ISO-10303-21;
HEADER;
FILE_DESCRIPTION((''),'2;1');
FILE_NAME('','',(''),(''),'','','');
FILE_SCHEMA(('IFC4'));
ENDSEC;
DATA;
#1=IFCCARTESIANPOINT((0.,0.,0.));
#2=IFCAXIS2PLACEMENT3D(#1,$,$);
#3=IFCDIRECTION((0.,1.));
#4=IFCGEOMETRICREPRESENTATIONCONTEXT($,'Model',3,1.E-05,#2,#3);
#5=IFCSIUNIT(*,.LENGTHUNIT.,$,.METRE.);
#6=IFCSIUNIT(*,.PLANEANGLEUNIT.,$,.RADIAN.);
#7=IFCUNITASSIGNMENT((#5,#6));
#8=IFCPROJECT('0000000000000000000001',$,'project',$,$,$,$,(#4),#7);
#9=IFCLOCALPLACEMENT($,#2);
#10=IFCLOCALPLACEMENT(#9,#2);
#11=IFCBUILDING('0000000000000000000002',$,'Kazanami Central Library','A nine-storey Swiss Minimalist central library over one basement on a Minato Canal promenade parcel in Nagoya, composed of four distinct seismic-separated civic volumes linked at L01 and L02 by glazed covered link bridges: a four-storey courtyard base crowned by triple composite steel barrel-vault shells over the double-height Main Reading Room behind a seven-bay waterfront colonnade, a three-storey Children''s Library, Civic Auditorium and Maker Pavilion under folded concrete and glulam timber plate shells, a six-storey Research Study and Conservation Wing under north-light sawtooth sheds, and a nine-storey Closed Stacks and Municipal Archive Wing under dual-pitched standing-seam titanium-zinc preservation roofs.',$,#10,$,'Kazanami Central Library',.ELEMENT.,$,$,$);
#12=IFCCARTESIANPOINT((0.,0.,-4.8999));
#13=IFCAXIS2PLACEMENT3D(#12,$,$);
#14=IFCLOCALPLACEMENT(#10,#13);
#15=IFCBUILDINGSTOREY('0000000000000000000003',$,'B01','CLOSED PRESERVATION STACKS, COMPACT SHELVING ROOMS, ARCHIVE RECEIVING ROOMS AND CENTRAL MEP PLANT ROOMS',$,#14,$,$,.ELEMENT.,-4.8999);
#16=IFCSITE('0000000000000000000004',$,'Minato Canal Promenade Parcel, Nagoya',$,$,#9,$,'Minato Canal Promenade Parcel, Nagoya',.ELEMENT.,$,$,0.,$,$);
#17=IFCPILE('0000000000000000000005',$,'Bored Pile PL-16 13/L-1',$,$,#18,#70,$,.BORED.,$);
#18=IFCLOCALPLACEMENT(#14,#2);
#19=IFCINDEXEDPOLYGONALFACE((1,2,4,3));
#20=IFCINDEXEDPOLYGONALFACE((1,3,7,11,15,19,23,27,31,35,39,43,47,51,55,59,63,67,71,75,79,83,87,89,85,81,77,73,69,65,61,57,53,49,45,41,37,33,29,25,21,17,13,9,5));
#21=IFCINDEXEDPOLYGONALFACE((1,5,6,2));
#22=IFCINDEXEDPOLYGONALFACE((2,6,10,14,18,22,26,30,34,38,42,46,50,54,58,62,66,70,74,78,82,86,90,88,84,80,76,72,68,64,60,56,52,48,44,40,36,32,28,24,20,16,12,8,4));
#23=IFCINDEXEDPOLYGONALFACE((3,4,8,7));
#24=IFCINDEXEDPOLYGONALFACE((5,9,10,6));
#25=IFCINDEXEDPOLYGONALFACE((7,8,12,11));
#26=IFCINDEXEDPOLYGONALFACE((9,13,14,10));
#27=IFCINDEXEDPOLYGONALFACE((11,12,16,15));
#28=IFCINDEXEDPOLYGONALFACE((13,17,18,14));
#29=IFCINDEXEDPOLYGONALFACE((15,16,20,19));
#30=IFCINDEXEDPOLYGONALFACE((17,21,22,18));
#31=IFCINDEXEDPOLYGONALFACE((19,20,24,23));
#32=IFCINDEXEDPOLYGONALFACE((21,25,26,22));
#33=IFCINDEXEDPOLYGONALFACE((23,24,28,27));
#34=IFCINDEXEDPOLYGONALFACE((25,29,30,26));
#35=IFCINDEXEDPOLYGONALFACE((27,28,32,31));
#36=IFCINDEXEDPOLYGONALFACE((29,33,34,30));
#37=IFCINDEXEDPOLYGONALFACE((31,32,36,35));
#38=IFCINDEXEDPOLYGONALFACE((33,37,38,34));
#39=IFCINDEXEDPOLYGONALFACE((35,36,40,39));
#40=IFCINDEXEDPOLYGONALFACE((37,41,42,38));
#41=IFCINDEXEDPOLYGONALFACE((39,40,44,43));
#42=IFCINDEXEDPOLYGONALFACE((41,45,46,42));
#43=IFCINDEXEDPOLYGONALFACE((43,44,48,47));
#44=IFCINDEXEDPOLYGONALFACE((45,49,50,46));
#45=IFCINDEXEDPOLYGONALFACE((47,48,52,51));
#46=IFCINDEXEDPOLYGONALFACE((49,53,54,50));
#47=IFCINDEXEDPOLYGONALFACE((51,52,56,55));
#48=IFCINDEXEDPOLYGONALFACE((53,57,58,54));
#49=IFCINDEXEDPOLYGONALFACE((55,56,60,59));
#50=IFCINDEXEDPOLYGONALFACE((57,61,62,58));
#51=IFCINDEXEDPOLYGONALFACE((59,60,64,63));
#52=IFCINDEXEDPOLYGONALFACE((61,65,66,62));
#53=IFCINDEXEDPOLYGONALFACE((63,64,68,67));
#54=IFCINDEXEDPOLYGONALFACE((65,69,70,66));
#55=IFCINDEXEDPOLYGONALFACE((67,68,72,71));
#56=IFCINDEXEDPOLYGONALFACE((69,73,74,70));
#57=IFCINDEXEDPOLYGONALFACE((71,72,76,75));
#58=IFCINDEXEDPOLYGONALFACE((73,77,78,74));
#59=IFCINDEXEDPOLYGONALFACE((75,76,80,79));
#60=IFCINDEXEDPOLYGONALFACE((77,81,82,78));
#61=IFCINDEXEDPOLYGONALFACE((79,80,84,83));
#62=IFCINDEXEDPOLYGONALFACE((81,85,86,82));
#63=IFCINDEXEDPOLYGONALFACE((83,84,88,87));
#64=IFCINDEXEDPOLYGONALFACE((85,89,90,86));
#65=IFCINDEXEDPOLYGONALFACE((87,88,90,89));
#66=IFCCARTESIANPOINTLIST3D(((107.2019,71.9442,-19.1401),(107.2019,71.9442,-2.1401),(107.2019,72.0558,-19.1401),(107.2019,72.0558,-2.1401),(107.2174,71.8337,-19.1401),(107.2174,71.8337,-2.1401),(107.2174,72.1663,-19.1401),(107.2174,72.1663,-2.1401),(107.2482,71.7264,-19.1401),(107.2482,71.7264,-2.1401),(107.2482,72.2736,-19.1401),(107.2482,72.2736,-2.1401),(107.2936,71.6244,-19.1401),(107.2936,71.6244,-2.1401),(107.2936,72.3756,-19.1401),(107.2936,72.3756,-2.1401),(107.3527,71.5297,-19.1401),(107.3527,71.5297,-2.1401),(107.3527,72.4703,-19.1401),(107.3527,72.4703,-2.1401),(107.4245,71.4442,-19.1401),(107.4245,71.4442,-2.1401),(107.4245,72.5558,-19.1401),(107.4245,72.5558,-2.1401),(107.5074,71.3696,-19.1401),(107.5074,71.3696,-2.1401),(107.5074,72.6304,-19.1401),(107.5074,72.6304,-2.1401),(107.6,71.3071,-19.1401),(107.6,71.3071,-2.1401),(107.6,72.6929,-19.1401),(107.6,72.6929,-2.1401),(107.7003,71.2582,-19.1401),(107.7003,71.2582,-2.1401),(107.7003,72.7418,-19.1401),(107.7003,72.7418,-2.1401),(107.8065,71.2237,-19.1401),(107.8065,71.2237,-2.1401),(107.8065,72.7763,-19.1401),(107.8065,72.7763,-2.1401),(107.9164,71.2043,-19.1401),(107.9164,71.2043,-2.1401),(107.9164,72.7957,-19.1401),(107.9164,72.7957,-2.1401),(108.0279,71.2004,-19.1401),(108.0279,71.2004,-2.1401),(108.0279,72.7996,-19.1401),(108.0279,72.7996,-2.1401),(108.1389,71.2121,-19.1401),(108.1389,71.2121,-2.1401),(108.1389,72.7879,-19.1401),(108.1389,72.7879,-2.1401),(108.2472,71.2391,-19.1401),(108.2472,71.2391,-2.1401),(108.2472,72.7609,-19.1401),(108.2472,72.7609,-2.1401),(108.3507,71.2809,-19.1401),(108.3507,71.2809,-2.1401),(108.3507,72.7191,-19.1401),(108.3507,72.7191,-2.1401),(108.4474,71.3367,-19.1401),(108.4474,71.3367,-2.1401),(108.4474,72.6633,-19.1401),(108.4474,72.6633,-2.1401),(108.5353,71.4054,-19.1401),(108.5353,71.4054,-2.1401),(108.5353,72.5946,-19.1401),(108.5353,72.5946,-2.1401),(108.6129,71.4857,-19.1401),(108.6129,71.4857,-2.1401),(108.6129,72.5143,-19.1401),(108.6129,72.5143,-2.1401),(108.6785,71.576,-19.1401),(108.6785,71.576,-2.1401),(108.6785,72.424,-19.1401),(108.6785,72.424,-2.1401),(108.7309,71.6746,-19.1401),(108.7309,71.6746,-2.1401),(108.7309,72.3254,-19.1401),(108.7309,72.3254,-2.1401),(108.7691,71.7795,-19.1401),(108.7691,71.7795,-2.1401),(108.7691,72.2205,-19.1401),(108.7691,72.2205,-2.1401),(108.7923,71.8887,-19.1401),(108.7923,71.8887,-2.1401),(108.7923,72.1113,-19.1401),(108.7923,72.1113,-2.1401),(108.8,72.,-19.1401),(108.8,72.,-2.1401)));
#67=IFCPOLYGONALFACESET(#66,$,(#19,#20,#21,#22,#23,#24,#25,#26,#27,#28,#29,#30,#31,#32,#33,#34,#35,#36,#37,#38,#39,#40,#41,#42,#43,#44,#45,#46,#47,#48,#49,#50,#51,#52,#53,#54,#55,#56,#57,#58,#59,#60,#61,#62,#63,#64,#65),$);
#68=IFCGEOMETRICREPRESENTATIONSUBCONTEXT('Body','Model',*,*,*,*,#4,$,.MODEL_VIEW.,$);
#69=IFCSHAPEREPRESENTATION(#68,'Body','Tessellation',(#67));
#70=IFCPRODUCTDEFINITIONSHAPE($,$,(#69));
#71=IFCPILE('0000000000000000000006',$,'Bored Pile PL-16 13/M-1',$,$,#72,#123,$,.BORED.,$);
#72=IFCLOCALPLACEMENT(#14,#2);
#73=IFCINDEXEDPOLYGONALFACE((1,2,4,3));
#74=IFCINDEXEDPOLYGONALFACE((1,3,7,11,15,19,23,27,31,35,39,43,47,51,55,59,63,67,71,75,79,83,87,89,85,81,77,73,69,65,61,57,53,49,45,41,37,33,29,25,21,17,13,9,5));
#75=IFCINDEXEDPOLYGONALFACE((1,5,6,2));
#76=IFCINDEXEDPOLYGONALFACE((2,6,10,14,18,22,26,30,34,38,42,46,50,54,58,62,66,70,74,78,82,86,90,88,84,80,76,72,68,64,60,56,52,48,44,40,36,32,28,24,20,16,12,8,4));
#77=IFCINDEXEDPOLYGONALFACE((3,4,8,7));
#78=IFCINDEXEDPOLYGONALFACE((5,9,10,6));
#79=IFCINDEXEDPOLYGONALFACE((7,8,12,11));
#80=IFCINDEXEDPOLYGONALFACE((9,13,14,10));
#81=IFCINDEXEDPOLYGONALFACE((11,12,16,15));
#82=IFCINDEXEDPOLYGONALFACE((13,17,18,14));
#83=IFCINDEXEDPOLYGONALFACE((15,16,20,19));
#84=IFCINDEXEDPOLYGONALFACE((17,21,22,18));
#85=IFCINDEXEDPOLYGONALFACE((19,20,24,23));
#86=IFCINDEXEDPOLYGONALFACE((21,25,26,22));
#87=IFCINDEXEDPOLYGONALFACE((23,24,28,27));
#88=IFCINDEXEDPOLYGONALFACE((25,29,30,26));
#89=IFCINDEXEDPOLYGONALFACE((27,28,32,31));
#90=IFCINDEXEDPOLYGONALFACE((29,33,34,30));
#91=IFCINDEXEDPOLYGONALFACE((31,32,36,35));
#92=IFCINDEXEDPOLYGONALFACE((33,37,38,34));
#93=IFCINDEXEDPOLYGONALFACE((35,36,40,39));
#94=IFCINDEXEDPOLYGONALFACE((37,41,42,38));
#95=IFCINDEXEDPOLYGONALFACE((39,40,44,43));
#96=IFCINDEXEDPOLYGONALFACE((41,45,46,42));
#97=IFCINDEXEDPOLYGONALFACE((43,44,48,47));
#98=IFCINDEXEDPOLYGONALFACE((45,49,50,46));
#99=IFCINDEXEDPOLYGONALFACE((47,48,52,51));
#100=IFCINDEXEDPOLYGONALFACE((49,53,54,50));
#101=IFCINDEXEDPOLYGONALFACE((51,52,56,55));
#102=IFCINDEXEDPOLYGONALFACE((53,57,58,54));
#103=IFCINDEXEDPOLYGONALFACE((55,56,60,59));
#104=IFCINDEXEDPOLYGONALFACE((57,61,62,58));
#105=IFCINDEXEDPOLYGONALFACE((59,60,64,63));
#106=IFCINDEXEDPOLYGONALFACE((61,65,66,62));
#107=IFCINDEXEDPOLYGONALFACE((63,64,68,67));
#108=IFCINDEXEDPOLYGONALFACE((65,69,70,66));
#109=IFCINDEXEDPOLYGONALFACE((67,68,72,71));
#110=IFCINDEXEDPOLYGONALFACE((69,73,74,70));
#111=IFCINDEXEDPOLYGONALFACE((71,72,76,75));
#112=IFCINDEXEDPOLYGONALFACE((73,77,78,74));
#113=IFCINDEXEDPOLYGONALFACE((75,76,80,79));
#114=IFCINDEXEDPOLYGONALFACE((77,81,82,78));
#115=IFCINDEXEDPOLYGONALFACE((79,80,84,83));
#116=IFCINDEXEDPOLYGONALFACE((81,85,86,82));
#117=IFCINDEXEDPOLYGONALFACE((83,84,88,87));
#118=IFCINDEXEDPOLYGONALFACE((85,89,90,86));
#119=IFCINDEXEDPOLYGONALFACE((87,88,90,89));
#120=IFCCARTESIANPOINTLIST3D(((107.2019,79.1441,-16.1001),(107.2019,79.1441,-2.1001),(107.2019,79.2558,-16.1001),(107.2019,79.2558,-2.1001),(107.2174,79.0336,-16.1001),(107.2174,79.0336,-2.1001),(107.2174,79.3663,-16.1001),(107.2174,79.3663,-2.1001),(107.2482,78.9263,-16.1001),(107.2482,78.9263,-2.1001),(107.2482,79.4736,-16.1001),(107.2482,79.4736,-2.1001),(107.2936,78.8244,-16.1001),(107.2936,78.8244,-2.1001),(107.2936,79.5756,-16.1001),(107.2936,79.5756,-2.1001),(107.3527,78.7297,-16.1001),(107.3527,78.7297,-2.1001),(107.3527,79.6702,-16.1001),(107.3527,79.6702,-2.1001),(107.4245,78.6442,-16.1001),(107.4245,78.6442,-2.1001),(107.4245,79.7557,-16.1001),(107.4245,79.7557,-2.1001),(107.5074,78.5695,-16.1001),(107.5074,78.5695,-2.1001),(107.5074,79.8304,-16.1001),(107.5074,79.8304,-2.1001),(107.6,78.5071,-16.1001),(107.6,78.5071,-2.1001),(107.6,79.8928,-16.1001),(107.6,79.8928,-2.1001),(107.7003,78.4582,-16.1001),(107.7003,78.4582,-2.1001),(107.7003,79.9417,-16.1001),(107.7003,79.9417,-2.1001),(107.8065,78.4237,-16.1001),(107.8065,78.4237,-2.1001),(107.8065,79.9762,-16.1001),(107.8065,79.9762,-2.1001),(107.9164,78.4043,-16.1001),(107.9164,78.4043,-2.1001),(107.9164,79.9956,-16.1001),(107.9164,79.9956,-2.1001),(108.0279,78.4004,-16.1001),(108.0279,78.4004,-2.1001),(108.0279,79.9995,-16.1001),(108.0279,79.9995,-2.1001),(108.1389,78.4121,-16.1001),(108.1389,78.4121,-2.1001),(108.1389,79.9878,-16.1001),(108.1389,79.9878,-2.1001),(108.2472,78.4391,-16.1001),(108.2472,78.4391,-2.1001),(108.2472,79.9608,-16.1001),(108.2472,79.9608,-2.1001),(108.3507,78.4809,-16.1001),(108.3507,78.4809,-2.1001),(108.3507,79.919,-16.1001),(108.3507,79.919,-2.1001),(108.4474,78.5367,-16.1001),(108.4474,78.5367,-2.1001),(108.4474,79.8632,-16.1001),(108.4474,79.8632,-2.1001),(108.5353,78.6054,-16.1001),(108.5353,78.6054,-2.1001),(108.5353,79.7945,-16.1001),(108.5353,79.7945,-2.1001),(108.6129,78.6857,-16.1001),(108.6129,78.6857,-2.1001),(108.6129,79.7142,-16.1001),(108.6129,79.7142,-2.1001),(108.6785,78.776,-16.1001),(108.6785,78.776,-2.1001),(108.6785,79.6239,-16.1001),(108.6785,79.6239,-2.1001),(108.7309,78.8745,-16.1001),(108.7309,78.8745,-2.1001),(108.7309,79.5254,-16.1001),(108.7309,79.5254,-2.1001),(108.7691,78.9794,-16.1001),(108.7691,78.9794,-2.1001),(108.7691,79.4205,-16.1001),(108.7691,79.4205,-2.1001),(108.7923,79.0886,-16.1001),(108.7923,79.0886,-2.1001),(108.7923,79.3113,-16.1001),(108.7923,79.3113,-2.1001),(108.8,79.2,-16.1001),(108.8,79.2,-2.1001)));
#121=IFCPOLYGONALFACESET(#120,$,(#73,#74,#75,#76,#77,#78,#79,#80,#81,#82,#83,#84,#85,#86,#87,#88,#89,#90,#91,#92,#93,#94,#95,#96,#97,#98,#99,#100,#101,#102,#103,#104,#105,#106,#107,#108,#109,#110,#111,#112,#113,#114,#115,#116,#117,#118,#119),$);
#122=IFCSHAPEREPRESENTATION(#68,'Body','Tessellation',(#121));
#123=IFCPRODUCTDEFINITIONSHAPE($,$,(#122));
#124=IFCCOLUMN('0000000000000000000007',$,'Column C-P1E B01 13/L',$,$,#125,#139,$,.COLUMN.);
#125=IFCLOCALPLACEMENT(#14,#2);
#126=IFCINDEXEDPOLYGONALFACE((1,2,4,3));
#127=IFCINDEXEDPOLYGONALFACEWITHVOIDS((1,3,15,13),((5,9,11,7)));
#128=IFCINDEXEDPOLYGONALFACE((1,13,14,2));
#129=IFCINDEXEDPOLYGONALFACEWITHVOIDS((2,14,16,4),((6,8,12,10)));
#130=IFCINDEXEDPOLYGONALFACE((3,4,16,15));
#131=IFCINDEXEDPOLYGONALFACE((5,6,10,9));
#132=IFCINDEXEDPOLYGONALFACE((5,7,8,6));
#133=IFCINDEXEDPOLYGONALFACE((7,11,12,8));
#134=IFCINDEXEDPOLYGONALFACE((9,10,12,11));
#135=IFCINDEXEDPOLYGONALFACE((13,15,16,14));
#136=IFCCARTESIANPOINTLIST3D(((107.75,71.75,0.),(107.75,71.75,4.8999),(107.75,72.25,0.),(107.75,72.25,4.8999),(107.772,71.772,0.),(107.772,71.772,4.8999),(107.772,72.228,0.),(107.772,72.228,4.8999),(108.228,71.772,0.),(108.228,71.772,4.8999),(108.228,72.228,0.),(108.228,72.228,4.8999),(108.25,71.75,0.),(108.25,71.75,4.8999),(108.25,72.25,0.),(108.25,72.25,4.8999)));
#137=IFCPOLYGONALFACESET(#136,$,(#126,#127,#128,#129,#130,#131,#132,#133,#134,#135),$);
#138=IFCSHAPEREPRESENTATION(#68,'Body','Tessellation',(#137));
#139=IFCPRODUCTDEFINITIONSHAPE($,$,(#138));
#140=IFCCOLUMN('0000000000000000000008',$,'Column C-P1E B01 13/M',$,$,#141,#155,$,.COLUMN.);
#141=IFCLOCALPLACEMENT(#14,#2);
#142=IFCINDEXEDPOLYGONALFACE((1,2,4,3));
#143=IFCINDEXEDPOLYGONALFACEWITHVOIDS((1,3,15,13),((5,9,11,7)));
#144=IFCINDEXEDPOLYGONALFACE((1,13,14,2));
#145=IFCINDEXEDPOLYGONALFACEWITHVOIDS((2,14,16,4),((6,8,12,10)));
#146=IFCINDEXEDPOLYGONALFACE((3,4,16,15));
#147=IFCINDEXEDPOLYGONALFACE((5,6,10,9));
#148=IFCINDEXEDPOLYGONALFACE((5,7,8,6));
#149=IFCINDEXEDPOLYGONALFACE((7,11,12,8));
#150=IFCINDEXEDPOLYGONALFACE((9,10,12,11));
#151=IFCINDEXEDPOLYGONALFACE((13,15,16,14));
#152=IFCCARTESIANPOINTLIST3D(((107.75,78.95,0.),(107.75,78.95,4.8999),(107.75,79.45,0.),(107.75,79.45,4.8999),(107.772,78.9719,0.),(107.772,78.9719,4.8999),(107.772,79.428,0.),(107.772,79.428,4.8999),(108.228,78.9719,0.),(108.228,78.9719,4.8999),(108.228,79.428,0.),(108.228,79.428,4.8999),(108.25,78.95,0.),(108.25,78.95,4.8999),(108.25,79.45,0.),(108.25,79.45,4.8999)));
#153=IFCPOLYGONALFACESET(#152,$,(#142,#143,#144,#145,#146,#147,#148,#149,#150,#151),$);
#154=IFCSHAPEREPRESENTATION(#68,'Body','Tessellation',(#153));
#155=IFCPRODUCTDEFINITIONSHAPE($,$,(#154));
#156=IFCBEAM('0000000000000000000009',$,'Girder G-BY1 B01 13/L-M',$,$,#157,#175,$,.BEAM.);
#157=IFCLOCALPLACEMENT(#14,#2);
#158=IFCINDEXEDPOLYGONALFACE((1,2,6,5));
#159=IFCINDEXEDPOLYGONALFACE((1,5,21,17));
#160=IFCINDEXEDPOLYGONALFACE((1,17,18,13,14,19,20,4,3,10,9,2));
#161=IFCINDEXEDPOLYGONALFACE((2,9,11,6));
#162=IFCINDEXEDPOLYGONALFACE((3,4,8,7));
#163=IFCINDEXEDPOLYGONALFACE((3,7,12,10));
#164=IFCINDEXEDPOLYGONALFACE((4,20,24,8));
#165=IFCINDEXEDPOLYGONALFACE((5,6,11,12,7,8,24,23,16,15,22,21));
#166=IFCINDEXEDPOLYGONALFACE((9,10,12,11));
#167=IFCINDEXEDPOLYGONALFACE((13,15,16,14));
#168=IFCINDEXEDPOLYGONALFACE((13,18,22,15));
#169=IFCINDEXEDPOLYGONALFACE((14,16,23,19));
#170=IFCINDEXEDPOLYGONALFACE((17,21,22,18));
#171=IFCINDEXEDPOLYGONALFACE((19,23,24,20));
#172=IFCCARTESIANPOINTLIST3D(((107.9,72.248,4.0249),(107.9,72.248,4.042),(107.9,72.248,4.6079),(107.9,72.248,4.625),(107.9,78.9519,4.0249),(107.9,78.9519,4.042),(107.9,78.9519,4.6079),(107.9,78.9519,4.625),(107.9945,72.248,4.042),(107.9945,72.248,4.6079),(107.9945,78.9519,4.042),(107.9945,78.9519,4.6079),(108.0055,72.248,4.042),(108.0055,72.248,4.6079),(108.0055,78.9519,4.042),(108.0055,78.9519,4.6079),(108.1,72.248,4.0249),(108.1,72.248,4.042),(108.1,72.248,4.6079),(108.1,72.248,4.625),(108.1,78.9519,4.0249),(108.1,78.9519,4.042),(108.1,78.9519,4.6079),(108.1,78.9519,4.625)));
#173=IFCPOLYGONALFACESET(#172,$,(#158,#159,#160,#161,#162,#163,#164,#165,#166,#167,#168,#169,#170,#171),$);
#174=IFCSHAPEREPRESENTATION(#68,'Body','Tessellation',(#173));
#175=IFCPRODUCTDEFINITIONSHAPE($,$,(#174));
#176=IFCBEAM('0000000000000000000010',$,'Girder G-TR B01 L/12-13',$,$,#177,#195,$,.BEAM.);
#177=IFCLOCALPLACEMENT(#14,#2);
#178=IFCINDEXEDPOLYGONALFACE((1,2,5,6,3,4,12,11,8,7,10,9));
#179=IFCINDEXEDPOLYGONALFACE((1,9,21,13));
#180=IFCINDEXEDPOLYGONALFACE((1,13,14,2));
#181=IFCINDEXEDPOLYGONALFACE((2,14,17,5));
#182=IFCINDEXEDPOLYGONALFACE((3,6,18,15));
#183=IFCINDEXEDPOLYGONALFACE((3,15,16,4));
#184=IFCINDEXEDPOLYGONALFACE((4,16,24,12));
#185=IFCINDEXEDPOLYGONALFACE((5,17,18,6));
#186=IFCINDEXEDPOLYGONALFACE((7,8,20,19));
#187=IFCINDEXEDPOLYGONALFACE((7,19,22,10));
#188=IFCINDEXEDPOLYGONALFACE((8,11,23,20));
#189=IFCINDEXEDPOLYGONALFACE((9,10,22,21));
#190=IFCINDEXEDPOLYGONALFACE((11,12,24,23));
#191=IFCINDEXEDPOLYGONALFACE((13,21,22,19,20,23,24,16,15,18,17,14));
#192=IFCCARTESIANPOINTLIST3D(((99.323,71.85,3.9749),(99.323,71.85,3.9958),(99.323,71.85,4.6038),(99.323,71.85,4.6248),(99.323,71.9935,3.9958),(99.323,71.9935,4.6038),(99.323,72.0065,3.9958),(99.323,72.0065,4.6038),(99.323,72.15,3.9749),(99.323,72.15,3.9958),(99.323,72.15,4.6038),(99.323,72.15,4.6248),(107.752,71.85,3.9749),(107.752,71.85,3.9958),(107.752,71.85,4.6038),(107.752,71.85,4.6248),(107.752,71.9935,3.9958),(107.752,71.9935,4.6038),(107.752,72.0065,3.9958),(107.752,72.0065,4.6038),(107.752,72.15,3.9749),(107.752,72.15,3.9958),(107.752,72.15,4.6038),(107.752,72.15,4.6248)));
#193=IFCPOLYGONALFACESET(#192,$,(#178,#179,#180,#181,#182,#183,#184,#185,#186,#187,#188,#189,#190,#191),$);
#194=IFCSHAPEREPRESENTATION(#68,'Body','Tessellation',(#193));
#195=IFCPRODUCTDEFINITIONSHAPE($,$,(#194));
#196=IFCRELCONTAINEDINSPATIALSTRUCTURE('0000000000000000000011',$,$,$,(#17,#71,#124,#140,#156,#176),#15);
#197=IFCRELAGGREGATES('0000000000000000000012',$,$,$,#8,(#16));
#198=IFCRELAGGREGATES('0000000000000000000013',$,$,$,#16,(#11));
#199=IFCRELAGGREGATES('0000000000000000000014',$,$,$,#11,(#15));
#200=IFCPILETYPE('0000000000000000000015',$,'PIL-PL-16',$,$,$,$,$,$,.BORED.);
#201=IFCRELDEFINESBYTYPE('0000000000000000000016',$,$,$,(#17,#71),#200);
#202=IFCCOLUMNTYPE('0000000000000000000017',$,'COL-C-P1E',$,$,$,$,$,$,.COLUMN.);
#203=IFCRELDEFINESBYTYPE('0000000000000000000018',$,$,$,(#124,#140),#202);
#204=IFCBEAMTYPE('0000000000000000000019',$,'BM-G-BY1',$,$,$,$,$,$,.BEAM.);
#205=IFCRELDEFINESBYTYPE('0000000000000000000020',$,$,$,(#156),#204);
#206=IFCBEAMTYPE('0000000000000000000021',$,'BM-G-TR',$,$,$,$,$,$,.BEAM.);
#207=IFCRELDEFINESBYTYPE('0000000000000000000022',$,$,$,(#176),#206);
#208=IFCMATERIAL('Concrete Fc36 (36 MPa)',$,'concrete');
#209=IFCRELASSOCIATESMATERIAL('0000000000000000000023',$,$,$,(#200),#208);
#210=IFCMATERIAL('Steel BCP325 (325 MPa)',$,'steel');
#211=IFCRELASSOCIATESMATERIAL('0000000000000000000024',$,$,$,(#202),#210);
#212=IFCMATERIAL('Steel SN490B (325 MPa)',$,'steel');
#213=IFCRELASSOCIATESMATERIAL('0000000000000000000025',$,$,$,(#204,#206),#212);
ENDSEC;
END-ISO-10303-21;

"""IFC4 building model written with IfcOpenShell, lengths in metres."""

from ifc_helpers import new_model, si_unit, direction, frame, origin, origin_2d, place, context, subcontext, project, spatial, hollow_rectangle, circle, i_section, extrude, material, material_profile, profile_set, type_object, element, save


model = new_model("IFC4")

# Units and contexts
model_context = context("Model", 3, precision=1e-05, world=origin(), true_north=direction((0.0, 1.0)))
body_context = subcontext(model_context, "Body", "Model", "MODEL_VIEW")
ifc_project = project(units=[si_unit("LENGTHUNIT", "METRE"), si_unit("PLANEANGLEUNIT", "RADIAN")], contexts=[model_context])

# Site, building, storey
site_placement = place(None, origin())
site = spatial("IfcSite", under=ifc_project, at=site_placement, Name="Minato Canal Promenade Parcel, Nagoya", LongName="Minato Canal Promenade Parcel, Nagoya", CompositionType="ELEMENT", RefElevation=0.0)
building_placement = place(site_placement, origin())
building = spatial("IfcBuilding", under=site, at=building_placement, Name="Kazanami Central Library", Description="A nine-storey Swiss Minimalist central library over one basement on a Minato Canal promenade parcel in Nagoya, composed of four distinct seismic-separated civic volumes linked at L01 and L02 by glazed covered link bridges: a four-storey courtyard base crowned by triple composite steel barrel-vault shells over the double-height Main Reading Room behind a seven-bay waterfront colonnade, a three-storey Children's Library, Civic Auditorium and Maker Pavilion under folded concrete and glulam timber plate shells, a six-storey Research Study and Conservation Wing under north-light sawtooth sheds, and a nine-storey Closed Stacks and Municipal Archive Wing under dual-pitched standing-seam titanium-zinc preservation roofs.", LongName="Kazanami Central Library", CompositionType="ELEMENT")
storey_placement = place(building_placement, frame((0.0, 0.0, -4.8999)))
storey = spatial("IfcBuildingStorey", under=building, at=storey_placement, Name="B01", Description="CLOSED PRESERVATION STACKS, COMPACT SHELVING ROOMS, ARCHIVE RECEIVING ROOMS AND CENTRAL MEP PLANT ROOMS", CompositionType="ELEMENT", Elevation=-4.8999)

# Shared definitions
ifc_material_1 = material(Name="Concrete Fc36 (36 MPa)", Category="concrete")

# Piles
ifc_material_profile_1 = material_profile(ifc_material_1, circle(Radius=0.8, at=origin_2d()), Name="BORED-D1600")
ifc_profile_set_1 = profile_set([ifc_material_profile_1], Name="Concrete Fc36 (36 MPa)")
pile_type_1 = type_object("IfcPileType", Name="PIL-PL-16", PredefinedType="BORED", material=ifc_profile_set_1)
pile_1_placement = place(storey_placement, frame((108.0, 72.0, -2.1401), z_axis=(0.0, 0.0, -1.0), x_axis=(1.0, 0.0, 0.0)))
element("IfcPile", 1, at=pile_1_placement, inside=storey, type_object=pile_type_1, Name="Bored Pile PL-16 13/L-1", PredefinedType="BORED", context=body_context, shape_type="SweptSolid", body=[
    extrude(circle(Radius=0.8, at=origin_2d()), origin(), (0.0, 0.0, 1.0), 17.0),
])
pile_2_placement = place(storey_placement, frame((108.0, 79.2, -2.1001), z_axis=(0.0, 0.0, -1.0), x_axis=(1.0, 0.0, 0.0)))
element("IfcPile", 2, at=pile_2_placement, inside=storey, type_object=pile_type_1, Name="Bored Pile PL-16 13/M-1", PredefinedType="BORED", context=body_context, shape_type="SweptSolid", body=[
    extrude(circle(Radius=0.8, at=origin_2d()), origin(), (0.0, 0.0, 1.0), 14.0),
])

# Columns
ifc_material_2 = material(Name="Steel BCP325 (325 MPa)", Category="steel")
ifc_material_profile_2 = material_profile(ifc_material_2, hollow_rectangle(XDim=0.5, YDim=0.5, WallThickness=0.022, at=origin_2d()), Name="BCP-500x500x22")
ifc_profile_set_2 = profile_set([ifc_material_profile_2], Name="Steel BCP325 (325 MPa)")
column_type = type_object("IfcColumnType", Name="COL-C-P1E", PredefinedType="COLUMN", material=ifc_profile_set_2)
for number, where, z_axis, x_axis, name in (
    (3, (108.0, 72.0, 0.0), (0.0, 0.0, 1.0), (1.0, 0.0, 0.0), "Column C-P1E B01 13/L"),
    (4, (108.0, 79.2, 0.0), (0.0, 0.0, 1.0), (1.0, 0.0, 0.0), "Column C-P1E B01 13/M"),
):
    element("IfcColumn", number, at=place(storey_placement, frame(where, z_axis=z_axis, x_axis=x_axis)), inside=storey, type_object=column_type, Name=name, PredefinedType="COLUMN", context=body_context, shape_type="SweptSolid", body=[
        extrude(hollow_rectangle(XDim=0.5, YDim=0.5, WallThickness=0.022, at=origin_2d()), origin(), (0.0, 0.0, 1.0), 4.8999),
    ])

# Beams
ifc_material_3 = material(Name="Steel SN490B (325 MPa)", Category="steel")
ifc_material_profile_3 = material_profile(ifc_material_3, i_section(OverallWidth=0.2, OverallDepth=0.6001, WebThickness=0.011, FlangeThickness=0.0171, at=origin_2d()), Name="H-600x200x11x17")
ifc_profile_set_3 = profile_set([ifc_material_profile_3], Name="Steel SN490B (325 MPa)")
beam_type_1 = type_object("IfcBeamType", Name="BM-G-BY1", PredefinedType="BEAM", material=ifc_profile_set_3)
beam_1_placement = place(storey_placement, frame((108.0, 72.248, 4.325), z_axis=(0.0, 1.0, 0.0), x_axis=(-1.0, 0.0, 0.0)))
element("IfcBeam", 5, at=beam_1_placement, inside=storey, type_object=beam_type_1, Name="Girder G-BY1 B01 13/L-M", PredefinedType="BEAM", context=body_context, shape_type="SweptSolid", body=[
    extrude(i_section(OverallWidth=0.2, OverallDepth=0.6001, WebThickness=0.011, FlangeThickness=0.0171, at=origin_2d()), origin(), (0.0, 0.0, 1.0), 6.7039),
])
ifc_material_profile_4 = material_profile(ifc_material_3, i_section(OverallWidth=0.3, OverallDepth=0.6499, WebThickness=0.0129, FlangeThickness=0.021, at=origin_2d()), Name="H-650x300x13x21")
ifc_profile_set_4 = profile_set([ifc_material_profile_4], Name="Steel SN490B (325 MPa)")
beam_type_2 = type_object("IfcBeamType", Name="BM-G-TR", PredefinedType="BEAM", material=ifc_profile_set_4)
for number, where, z_axis, x_axis, name in (
    (6, (99.323, 72.0, 4.2998), (1.0, 0.0, 0.0), (0.0, 1.0, 0.0), "Girder G-TR B01 L/12-13"),
):
    element("IfcBeam", number, at=place(storey_placement, frame(where, z_axis=z_axis, x_axis=x_axis)), inside=storey, type_object=beam_type_2, Name=name, PredefinedType="BEAM", context=body_context, shape_type="SweptSolid", body=[
        extrude(i_section(OverallWidth=0.3, OverallDepth=0.6499, WebThickness=0.0129, FlangeThickness=0.021, at=origin_2d()), origin(), (0.0, 0.0, 1.0), 8.429),
    ])

save(model, "model.ifc")
